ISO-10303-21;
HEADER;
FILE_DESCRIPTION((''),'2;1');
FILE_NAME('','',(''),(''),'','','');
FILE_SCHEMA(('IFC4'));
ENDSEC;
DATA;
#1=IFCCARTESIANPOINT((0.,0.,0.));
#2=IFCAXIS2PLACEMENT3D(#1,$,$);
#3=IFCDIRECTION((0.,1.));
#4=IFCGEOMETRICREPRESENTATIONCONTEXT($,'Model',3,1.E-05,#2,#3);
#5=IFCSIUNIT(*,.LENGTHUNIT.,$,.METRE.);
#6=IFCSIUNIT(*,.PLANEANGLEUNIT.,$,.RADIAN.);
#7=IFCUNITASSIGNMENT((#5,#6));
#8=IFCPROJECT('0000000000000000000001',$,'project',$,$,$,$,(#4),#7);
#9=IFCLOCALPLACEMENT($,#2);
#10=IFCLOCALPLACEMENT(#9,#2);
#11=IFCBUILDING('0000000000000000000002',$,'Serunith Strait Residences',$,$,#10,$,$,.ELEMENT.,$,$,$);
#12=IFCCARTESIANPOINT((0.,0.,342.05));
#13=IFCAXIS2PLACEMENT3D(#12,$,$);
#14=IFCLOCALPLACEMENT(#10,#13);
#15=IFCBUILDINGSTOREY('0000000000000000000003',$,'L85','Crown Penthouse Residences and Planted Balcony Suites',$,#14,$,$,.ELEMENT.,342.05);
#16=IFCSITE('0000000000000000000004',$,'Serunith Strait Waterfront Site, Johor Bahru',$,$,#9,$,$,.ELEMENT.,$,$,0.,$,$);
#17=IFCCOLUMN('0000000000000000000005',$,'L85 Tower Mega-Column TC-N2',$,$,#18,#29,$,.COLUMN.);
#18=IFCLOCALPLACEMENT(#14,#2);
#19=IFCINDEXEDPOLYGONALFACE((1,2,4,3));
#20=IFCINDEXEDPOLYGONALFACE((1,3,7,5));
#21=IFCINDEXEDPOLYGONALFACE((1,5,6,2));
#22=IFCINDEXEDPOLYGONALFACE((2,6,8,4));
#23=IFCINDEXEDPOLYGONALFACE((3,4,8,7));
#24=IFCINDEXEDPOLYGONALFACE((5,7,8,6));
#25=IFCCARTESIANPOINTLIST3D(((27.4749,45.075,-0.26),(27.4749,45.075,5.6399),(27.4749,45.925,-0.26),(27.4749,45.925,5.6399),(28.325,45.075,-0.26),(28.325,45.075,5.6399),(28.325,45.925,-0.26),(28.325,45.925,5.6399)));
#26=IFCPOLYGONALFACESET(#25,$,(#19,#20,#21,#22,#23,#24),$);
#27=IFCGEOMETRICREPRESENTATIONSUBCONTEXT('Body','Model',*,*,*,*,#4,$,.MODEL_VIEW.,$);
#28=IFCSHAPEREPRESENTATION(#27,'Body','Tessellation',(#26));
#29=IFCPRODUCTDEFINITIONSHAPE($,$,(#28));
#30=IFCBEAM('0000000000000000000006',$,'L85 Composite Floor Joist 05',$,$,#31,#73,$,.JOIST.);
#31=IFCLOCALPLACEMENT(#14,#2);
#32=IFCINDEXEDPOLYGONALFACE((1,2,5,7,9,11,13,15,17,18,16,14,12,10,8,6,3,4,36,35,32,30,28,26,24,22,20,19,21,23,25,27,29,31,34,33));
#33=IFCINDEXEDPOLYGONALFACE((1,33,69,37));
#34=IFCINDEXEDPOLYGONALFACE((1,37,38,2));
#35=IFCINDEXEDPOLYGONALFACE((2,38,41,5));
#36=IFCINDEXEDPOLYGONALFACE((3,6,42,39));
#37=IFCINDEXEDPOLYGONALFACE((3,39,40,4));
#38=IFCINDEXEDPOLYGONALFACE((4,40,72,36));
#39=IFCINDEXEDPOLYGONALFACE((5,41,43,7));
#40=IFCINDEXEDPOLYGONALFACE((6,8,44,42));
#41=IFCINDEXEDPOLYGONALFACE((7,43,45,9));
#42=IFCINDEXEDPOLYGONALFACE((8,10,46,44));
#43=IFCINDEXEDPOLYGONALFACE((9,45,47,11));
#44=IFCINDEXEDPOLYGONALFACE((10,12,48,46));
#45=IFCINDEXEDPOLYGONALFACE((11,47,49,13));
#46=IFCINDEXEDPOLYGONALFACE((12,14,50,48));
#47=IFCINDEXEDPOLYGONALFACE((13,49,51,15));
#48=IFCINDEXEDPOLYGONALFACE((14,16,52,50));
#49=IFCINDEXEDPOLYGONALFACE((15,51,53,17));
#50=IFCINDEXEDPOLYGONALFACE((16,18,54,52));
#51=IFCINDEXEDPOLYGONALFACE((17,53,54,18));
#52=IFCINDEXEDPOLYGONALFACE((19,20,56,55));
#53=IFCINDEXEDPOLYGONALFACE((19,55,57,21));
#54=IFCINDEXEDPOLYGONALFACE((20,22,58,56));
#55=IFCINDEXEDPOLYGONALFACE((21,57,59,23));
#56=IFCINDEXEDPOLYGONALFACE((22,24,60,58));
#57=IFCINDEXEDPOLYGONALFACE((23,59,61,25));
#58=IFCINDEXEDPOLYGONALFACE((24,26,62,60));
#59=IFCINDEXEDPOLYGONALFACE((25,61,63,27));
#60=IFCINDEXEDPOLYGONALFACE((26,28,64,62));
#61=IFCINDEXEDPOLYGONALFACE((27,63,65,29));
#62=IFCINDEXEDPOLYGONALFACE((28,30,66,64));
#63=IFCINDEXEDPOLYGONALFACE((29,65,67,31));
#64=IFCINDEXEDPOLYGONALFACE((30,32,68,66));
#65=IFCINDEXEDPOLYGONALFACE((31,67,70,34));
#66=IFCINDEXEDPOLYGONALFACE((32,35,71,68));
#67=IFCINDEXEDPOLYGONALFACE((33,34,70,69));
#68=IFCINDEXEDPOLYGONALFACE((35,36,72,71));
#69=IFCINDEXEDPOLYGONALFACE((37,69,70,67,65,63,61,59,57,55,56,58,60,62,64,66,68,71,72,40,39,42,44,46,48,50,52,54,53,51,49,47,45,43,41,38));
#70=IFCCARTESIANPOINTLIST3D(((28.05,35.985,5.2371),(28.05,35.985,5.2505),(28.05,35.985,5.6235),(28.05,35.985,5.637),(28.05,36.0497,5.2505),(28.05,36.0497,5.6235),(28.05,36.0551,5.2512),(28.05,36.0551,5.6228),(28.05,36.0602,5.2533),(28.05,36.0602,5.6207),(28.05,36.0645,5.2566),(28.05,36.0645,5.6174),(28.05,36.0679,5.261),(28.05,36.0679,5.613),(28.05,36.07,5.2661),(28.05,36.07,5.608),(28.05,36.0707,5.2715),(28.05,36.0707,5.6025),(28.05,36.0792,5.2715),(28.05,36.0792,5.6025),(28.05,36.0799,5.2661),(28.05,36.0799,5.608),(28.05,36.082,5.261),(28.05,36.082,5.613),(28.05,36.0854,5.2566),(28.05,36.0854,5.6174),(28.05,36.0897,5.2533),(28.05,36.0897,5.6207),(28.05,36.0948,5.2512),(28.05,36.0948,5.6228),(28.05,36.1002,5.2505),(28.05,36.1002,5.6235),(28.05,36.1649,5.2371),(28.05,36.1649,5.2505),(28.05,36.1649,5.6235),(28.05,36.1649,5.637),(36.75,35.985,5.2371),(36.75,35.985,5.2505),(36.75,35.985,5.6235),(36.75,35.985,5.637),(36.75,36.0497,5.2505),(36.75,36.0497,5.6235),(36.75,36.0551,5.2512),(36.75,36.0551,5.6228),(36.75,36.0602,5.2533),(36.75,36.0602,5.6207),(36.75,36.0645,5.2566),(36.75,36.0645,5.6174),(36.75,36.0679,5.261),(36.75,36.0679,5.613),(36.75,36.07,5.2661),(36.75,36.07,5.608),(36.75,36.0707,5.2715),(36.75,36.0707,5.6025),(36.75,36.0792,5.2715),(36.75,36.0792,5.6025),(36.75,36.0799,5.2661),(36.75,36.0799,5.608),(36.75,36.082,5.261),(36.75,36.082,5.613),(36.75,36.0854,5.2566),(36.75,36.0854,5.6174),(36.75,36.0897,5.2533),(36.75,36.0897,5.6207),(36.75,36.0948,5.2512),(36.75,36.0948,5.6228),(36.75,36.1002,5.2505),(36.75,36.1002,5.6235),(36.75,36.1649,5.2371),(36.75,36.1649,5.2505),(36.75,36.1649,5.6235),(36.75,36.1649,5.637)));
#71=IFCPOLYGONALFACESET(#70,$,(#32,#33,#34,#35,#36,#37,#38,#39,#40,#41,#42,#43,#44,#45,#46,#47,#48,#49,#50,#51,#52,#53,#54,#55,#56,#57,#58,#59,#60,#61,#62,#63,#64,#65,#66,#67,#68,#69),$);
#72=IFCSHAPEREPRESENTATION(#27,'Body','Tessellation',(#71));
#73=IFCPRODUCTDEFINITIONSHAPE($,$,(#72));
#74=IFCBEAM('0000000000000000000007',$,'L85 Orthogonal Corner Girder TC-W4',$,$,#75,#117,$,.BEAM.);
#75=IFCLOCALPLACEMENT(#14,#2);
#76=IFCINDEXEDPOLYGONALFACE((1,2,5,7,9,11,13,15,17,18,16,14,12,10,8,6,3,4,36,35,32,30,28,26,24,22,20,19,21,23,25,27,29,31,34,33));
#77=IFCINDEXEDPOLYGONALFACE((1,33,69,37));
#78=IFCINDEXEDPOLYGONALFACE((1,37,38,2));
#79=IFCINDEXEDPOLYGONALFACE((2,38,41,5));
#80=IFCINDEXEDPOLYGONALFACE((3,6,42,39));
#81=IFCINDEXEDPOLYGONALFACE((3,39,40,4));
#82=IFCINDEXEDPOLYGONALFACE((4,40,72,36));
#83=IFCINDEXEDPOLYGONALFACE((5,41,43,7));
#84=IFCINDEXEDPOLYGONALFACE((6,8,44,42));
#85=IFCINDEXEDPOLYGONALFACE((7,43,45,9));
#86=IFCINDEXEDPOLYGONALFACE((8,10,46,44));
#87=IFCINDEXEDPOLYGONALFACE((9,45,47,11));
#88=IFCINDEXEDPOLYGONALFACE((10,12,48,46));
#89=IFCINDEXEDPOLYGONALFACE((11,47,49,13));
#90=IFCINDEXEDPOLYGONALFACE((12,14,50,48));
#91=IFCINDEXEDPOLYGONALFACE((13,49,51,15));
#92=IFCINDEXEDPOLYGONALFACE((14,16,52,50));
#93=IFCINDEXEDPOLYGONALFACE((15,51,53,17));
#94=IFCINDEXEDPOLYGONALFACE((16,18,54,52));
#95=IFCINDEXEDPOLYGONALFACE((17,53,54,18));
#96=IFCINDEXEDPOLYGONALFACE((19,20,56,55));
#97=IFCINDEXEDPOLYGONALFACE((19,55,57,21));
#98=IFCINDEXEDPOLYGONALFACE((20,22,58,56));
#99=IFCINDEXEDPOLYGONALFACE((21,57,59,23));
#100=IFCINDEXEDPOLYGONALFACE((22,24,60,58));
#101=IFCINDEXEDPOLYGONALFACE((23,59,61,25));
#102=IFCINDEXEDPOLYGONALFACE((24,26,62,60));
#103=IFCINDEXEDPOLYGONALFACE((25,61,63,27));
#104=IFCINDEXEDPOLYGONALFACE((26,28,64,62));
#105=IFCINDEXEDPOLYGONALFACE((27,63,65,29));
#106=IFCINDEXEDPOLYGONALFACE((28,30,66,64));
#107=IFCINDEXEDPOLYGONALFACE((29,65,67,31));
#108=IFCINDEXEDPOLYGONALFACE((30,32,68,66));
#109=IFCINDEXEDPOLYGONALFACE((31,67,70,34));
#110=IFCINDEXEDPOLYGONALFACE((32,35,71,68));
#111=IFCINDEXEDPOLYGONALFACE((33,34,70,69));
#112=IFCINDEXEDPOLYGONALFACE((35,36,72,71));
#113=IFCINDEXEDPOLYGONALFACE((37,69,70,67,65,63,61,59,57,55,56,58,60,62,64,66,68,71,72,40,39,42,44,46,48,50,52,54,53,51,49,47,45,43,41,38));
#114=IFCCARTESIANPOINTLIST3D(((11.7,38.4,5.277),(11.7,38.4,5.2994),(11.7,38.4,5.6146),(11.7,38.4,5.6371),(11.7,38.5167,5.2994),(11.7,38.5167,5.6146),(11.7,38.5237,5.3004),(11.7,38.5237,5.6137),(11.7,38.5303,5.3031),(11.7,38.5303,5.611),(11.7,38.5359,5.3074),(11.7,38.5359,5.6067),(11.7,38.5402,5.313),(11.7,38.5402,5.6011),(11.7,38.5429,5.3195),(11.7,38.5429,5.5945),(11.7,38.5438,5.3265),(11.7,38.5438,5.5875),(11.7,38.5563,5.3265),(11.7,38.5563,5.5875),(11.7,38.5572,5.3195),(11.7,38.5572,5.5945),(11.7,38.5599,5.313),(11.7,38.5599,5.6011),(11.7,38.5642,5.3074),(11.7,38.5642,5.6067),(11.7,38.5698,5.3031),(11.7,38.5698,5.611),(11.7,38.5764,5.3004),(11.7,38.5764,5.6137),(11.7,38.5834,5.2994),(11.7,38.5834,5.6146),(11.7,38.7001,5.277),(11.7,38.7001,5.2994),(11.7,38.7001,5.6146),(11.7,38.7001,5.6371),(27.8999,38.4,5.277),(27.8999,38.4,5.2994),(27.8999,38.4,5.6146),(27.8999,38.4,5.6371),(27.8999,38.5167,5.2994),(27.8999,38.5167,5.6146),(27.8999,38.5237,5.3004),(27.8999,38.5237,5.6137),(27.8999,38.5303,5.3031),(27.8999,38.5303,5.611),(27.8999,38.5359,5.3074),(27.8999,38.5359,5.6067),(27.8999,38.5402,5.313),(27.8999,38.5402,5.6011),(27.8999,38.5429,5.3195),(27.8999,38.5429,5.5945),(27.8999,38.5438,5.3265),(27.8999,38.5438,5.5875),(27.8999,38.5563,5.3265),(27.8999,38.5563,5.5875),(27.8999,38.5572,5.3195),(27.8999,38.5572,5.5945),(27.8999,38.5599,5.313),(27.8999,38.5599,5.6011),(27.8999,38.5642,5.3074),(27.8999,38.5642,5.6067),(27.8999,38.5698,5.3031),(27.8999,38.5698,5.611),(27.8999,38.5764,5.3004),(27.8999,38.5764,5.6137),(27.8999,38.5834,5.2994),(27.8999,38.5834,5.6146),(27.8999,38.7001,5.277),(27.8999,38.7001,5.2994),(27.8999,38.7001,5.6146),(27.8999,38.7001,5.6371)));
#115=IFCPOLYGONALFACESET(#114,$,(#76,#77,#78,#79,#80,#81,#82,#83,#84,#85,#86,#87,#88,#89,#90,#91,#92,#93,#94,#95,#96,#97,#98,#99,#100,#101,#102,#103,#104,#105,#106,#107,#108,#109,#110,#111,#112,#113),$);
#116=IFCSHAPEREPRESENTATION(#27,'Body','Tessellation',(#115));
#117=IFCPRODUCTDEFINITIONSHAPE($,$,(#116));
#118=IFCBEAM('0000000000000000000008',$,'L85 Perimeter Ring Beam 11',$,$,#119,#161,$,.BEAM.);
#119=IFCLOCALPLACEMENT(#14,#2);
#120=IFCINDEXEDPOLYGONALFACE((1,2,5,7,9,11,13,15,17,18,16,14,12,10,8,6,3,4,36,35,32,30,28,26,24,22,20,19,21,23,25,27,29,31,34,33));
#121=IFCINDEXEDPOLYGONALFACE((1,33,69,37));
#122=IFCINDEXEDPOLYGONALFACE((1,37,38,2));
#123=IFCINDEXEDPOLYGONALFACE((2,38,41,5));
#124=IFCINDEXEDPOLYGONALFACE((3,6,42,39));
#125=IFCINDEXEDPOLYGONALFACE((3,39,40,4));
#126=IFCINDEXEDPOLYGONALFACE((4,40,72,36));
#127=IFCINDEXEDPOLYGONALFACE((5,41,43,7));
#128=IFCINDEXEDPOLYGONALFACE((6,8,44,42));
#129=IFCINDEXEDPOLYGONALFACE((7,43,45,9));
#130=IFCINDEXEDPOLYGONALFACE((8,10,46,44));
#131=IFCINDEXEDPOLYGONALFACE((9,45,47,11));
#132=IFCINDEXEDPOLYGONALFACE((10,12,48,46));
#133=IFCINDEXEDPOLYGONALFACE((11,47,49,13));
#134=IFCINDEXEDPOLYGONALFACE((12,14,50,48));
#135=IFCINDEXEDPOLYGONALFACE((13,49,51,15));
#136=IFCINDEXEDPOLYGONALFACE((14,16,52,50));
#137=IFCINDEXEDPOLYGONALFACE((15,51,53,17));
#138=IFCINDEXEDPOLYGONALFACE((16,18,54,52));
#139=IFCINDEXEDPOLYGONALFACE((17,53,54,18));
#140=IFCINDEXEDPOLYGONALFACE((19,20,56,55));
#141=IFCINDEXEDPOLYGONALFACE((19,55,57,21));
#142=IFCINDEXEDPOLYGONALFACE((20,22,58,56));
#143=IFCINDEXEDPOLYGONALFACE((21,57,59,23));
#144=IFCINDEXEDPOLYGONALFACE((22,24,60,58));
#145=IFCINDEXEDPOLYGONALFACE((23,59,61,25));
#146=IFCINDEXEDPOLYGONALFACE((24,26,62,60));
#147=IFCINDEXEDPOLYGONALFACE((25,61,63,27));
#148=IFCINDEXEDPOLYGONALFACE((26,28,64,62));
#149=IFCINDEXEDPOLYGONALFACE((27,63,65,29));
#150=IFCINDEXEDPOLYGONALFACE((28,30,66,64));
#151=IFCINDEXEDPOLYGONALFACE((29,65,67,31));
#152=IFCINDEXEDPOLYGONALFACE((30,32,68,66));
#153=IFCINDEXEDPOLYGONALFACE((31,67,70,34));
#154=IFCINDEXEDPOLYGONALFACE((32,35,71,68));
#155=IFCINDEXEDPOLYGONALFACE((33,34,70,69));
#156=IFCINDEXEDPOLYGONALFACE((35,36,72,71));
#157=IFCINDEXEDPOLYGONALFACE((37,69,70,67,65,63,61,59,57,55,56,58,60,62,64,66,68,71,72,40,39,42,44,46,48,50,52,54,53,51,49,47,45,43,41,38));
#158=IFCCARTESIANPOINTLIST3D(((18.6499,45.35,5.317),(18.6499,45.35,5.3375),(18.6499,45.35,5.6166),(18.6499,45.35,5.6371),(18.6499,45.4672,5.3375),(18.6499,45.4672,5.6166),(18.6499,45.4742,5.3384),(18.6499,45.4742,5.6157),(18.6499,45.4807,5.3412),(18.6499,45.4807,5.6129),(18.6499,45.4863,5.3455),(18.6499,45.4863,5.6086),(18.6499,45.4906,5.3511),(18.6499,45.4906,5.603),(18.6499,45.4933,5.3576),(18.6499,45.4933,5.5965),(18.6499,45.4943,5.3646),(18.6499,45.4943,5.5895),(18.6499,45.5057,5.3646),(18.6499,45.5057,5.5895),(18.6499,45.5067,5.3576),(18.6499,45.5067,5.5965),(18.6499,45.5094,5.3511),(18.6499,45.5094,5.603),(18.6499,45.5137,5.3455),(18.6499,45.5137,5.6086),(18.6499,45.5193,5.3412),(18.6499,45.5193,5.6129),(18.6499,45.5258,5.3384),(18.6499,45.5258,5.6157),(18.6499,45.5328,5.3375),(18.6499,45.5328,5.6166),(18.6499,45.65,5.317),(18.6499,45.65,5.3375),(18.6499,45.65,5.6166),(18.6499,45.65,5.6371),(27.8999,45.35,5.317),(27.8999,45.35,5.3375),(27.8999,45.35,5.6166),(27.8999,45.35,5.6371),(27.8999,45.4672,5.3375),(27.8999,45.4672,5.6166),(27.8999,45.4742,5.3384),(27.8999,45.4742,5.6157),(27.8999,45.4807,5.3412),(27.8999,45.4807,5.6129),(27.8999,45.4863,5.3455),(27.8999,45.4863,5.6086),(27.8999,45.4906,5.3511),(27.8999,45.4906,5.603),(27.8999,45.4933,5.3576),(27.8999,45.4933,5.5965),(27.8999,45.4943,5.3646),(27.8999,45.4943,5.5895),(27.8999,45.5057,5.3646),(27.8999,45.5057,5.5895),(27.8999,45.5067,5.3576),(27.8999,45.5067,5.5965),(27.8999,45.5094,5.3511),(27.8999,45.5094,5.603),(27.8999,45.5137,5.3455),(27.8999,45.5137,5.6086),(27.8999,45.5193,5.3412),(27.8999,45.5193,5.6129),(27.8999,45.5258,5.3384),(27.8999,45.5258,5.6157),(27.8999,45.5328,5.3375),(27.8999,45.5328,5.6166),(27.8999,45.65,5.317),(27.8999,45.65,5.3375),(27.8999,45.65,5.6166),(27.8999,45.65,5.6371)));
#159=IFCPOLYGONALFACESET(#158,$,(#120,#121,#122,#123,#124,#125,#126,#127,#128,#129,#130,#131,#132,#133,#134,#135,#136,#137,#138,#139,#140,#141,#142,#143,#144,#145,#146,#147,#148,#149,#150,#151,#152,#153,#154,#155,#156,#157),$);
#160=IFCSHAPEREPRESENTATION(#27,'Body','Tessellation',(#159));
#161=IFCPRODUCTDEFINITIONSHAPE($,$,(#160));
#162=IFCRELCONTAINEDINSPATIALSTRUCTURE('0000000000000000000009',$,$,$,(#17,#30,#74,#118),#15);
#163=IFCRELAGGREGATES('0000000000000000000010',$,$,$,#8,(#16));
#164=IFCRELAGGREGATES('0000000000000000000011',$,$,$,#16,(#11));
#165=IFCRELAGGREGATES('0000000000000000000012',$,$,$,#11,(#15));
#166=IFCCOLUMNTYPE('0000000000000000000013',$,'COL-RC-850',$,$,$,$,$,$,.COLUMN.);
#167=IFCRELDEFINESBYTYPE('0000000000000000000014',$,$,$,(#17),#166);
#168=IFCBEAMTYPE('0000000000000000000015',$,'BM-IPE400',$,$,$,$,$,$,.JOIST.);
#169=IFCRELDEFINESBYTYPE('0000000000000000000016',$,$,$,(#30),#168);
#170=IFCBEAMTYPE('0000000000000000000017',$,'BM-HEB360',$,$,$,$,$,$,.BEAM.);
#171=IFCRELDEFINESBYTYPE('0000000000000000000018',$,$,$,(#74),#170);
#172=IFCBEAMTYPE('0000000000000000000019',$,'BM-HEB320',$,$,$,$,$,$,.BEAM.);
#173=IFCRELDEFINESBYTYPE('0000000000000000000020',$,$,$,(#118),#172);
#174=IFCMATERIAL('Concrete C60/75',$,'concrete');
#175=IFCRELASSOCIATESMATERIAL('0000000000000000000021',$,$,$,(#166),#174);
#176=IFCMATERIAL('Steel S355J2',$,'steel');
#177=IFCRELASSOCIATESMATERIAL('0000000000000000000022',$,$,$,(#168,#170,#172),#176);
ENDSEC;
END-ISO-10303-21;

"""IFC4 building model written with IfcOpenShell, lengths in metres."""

from ifc_helpers import new_model, si_unit, direction, frame, origin, origin_2d, place, context, subcontext, project, spatial, rectangle, i_section, extrude, source, transform, mapped, material, material_profile, profile_set, type_object, element, save


model = new_model("IFC4")

# Units and contexts
model_context = context("Model", 3, precision=1e-05, world=origin(), true_north=direction((0.0, 1.0)))
body_context = subcontext(model_context, "Body", "Model", "MODEL_VIEW")
ifc_project = project(units=[si_unit("LENGTHUNIT", "METRE"), si_unit("PLANEANGLEUNIT", "RADIAN")], contexts=[model_context])

# Site, building, storey
site_placement = place(None, origin())
site = spatial("IfcSite", under=ifc_project, at=site_placement, Name="Serunith Strait Waterfront Site, Johor Bahru", CompositionType="ELEMENT", RefElevation=0.0)
building_placement = place(site_placement, origin())
building = spatial("IfcBuilding", under=site, at=building_placement, Name="Serunith Strait Residences", CompositionType="ELEMENT")
storey_placement = place(building_placement, frame((0.0, 0.0, 342.05)))
storey = spatial("IfcBuildingStorey", under=building, at=storey_placement, Name="L85", Description="Crown Penthouse Residences and Planted Balcony Suites", CompositionType="ELEMENT", Elevation=342.05)

# Column
ifc_material_1 = material(Name="Concrete C60/75", Category="concrete")
ifc_material_profile_1 = material_profile(ifc_material_1, rectangle(XDim=0.8501, YDim=0.8501, at=origin_2d()), Name="RC 850x850")
ifc_profile_set_1 = profile_set([ifc_material_profile_1], Name="Concrete C60/75")
column_type = type_object("IfcColumnType", Name="COL-RC-850", PredefinedType="COLUMN", material=ifc_profile_set_1)
shared_shape_1 = source(origin(), body_context, "Body", "SweptSolid", [
    extrude(rectangle(XDim=0.8501, YDim=0.8501, at=origin_2d()), origin(), (0.0, 0.0, 1.0), 5.8999),
])
column_placement = place(storey_placement, frame((27.8999, 45.5, -0.26), z_axis=(0.0, 0.0, 1.0), x_axis=(1.0, 0.0, 0.0)))
element("IfcColumn", 1, at=column_placement, inside=storey, type_object=column_type, Name="L85 Tower Mega-Column TC-N2", PredefinedType="COLUMN", context=body_context, shape_type="MappedRepresentation", body=[
    mapped(shared_shape_1, transform((0.0, 0.0, 0.0), scale=1.0)),
])

# Beams
ifc_material_2 = material(Name="Steel S355J2", Category="steel")
ifc_material_profile_2 = material_profile(ifc_material_2, i_section(OverallWidth=0.1799, OverallDepth=0.3999, WebThickness=0.0085, FlangeThickness=0.0134, FilletRadius=0.021, at=origin_2d()), Name="IPE 400")
ifc_profile_set_2 = profile_set([ifc_material_profile_2], Name="Steel S355J2")
beam_type_1 = type_object("IfcBeamType", Name="BM-IPE400", PredefinedType="JOIST", material=ifc_profile_set_2)
shared_shape_2 = source(origin(), body_context, "Body", "SweptSolid", [
    extrude(i_section(OverallWidth=0.1799, OverallDepth=0.3999, WebThickness=0.0085, FlangeThickness=0.0134, FilletRadius=0.021, at=origin_2d()), origin(), (0.0, 0.0, 1.0), 8.7),
])
beam_1_placement = place(storey_placement, frame((28.05, 36.075, 5.437), z_axis=(1.0, 0.0, 0.0), x_axis=(0.0, 1.0, 0.0)))
element("IfcBeam", 2, at=beam_1_placement, inside=storey, type_object=beam_type_1, Name="L85 Composite Floor Joist 05", PredefinedType="JOIST", context=body_context, shape_type="MappedRepresentation", body=[
    mapped(shared_shape_2, transform((0.0, 0.0, 0.0), scale=1.0)),
])
ifc_material_profile_3 = material_profile(ifc_material_2, i_section(OverallWidth=0.3, OverallDepth=0.3601, WebThickness=0.0125, FlangeThickness=0.0225, FilletRadius=0.0271, at=origin_2d()), Name="HEB 360")
ifc_profile_set_3 = profile_set([ifc_material_profile_3], Name="Steel S355J2")
beam_type_2 = type_object("IfcBeamType", Name="BM-HEB360", PredefinedType="BEAM", material=ifc_profile_set_3)
shared_shape_3 = source(origin(), body_context, "Body", "SweptSolid", [
    extrude(i_section(OverallWidth=0.3, OverallDepth=0.3601, WebThickness=0.0125, FlangeThickness=0.0225, FilletRadius=0.0271, at=origin_2d()), origin(), (0.0, 0.0, 1.0), 16.2),
])
beam_2_placement = place(storey_placement, frame((27.8999, 38.55, 5.457), z_axis=(-1.0, 0.0, 0.0), x_axis=(0.0, -1.0, 0.0)))
element("IfcBeam", 3, at=beam_2_placement, inside=storey, type_object=beam_type_2, Name="L85 Orthogonal Corner Girder TC-W4", PredefinedType="BEAM", context=body_context, shape_type="MappedRepresentation", body=[
    mapped(shared_shape_3, transform((0.0, 0.0, 0.0), scale=1.0)),
])
ifc_material_profile_4 = material_profile(ifc_material_2, i_section(OverallWidth=0.3, OverallDepth=0.3201, WebThickness=0.0115, FlangeThickness=0.0205, FilletRadius=0.0271, at=origin_2d()), Name="HEB 320")
ifc_profile_set_4 = profile_set([ifc_material_profile_4], Name="Steel S355J2")
beam_type_3 = type_object("IfcBeamType", Name="BM-HEB320", PredefinedType="BEAM", material=ifc_profile_set_4)
shared_shape_4 = source(origin(), body_context, "Body", "SweptSolid", [
    extrude(i_section(OverallWidth=0.3, OverallDepth=0.3201, WebThickness=0.0115, FlangeThickness=0.0205, FilletRadius=0.0271, at=origin_2d()), origin(), (0.0, 0.0, 1.0), 9.25),
])
beam_3_placement = place(storey_placement, frame((27.8999, 45.5, 5.4771), z_axis=(-1.0, 0.0, 0.0), x_axis=(0.0, -1.0, 0.0)))
element("IfcBeam", 4, at=beam_3_placement, inside=storey, type_object=beam_type_3, Name="L85 Perimeter Ring Beam 11", PredefinedType="BEAM", context=body_context, shape_type="MappedRepresentation", body=[
    mapped(shared_shape_4, transform((0.0, 0.0, 0.0), scale=1.0)),
])

save(model, "model.ifc")
